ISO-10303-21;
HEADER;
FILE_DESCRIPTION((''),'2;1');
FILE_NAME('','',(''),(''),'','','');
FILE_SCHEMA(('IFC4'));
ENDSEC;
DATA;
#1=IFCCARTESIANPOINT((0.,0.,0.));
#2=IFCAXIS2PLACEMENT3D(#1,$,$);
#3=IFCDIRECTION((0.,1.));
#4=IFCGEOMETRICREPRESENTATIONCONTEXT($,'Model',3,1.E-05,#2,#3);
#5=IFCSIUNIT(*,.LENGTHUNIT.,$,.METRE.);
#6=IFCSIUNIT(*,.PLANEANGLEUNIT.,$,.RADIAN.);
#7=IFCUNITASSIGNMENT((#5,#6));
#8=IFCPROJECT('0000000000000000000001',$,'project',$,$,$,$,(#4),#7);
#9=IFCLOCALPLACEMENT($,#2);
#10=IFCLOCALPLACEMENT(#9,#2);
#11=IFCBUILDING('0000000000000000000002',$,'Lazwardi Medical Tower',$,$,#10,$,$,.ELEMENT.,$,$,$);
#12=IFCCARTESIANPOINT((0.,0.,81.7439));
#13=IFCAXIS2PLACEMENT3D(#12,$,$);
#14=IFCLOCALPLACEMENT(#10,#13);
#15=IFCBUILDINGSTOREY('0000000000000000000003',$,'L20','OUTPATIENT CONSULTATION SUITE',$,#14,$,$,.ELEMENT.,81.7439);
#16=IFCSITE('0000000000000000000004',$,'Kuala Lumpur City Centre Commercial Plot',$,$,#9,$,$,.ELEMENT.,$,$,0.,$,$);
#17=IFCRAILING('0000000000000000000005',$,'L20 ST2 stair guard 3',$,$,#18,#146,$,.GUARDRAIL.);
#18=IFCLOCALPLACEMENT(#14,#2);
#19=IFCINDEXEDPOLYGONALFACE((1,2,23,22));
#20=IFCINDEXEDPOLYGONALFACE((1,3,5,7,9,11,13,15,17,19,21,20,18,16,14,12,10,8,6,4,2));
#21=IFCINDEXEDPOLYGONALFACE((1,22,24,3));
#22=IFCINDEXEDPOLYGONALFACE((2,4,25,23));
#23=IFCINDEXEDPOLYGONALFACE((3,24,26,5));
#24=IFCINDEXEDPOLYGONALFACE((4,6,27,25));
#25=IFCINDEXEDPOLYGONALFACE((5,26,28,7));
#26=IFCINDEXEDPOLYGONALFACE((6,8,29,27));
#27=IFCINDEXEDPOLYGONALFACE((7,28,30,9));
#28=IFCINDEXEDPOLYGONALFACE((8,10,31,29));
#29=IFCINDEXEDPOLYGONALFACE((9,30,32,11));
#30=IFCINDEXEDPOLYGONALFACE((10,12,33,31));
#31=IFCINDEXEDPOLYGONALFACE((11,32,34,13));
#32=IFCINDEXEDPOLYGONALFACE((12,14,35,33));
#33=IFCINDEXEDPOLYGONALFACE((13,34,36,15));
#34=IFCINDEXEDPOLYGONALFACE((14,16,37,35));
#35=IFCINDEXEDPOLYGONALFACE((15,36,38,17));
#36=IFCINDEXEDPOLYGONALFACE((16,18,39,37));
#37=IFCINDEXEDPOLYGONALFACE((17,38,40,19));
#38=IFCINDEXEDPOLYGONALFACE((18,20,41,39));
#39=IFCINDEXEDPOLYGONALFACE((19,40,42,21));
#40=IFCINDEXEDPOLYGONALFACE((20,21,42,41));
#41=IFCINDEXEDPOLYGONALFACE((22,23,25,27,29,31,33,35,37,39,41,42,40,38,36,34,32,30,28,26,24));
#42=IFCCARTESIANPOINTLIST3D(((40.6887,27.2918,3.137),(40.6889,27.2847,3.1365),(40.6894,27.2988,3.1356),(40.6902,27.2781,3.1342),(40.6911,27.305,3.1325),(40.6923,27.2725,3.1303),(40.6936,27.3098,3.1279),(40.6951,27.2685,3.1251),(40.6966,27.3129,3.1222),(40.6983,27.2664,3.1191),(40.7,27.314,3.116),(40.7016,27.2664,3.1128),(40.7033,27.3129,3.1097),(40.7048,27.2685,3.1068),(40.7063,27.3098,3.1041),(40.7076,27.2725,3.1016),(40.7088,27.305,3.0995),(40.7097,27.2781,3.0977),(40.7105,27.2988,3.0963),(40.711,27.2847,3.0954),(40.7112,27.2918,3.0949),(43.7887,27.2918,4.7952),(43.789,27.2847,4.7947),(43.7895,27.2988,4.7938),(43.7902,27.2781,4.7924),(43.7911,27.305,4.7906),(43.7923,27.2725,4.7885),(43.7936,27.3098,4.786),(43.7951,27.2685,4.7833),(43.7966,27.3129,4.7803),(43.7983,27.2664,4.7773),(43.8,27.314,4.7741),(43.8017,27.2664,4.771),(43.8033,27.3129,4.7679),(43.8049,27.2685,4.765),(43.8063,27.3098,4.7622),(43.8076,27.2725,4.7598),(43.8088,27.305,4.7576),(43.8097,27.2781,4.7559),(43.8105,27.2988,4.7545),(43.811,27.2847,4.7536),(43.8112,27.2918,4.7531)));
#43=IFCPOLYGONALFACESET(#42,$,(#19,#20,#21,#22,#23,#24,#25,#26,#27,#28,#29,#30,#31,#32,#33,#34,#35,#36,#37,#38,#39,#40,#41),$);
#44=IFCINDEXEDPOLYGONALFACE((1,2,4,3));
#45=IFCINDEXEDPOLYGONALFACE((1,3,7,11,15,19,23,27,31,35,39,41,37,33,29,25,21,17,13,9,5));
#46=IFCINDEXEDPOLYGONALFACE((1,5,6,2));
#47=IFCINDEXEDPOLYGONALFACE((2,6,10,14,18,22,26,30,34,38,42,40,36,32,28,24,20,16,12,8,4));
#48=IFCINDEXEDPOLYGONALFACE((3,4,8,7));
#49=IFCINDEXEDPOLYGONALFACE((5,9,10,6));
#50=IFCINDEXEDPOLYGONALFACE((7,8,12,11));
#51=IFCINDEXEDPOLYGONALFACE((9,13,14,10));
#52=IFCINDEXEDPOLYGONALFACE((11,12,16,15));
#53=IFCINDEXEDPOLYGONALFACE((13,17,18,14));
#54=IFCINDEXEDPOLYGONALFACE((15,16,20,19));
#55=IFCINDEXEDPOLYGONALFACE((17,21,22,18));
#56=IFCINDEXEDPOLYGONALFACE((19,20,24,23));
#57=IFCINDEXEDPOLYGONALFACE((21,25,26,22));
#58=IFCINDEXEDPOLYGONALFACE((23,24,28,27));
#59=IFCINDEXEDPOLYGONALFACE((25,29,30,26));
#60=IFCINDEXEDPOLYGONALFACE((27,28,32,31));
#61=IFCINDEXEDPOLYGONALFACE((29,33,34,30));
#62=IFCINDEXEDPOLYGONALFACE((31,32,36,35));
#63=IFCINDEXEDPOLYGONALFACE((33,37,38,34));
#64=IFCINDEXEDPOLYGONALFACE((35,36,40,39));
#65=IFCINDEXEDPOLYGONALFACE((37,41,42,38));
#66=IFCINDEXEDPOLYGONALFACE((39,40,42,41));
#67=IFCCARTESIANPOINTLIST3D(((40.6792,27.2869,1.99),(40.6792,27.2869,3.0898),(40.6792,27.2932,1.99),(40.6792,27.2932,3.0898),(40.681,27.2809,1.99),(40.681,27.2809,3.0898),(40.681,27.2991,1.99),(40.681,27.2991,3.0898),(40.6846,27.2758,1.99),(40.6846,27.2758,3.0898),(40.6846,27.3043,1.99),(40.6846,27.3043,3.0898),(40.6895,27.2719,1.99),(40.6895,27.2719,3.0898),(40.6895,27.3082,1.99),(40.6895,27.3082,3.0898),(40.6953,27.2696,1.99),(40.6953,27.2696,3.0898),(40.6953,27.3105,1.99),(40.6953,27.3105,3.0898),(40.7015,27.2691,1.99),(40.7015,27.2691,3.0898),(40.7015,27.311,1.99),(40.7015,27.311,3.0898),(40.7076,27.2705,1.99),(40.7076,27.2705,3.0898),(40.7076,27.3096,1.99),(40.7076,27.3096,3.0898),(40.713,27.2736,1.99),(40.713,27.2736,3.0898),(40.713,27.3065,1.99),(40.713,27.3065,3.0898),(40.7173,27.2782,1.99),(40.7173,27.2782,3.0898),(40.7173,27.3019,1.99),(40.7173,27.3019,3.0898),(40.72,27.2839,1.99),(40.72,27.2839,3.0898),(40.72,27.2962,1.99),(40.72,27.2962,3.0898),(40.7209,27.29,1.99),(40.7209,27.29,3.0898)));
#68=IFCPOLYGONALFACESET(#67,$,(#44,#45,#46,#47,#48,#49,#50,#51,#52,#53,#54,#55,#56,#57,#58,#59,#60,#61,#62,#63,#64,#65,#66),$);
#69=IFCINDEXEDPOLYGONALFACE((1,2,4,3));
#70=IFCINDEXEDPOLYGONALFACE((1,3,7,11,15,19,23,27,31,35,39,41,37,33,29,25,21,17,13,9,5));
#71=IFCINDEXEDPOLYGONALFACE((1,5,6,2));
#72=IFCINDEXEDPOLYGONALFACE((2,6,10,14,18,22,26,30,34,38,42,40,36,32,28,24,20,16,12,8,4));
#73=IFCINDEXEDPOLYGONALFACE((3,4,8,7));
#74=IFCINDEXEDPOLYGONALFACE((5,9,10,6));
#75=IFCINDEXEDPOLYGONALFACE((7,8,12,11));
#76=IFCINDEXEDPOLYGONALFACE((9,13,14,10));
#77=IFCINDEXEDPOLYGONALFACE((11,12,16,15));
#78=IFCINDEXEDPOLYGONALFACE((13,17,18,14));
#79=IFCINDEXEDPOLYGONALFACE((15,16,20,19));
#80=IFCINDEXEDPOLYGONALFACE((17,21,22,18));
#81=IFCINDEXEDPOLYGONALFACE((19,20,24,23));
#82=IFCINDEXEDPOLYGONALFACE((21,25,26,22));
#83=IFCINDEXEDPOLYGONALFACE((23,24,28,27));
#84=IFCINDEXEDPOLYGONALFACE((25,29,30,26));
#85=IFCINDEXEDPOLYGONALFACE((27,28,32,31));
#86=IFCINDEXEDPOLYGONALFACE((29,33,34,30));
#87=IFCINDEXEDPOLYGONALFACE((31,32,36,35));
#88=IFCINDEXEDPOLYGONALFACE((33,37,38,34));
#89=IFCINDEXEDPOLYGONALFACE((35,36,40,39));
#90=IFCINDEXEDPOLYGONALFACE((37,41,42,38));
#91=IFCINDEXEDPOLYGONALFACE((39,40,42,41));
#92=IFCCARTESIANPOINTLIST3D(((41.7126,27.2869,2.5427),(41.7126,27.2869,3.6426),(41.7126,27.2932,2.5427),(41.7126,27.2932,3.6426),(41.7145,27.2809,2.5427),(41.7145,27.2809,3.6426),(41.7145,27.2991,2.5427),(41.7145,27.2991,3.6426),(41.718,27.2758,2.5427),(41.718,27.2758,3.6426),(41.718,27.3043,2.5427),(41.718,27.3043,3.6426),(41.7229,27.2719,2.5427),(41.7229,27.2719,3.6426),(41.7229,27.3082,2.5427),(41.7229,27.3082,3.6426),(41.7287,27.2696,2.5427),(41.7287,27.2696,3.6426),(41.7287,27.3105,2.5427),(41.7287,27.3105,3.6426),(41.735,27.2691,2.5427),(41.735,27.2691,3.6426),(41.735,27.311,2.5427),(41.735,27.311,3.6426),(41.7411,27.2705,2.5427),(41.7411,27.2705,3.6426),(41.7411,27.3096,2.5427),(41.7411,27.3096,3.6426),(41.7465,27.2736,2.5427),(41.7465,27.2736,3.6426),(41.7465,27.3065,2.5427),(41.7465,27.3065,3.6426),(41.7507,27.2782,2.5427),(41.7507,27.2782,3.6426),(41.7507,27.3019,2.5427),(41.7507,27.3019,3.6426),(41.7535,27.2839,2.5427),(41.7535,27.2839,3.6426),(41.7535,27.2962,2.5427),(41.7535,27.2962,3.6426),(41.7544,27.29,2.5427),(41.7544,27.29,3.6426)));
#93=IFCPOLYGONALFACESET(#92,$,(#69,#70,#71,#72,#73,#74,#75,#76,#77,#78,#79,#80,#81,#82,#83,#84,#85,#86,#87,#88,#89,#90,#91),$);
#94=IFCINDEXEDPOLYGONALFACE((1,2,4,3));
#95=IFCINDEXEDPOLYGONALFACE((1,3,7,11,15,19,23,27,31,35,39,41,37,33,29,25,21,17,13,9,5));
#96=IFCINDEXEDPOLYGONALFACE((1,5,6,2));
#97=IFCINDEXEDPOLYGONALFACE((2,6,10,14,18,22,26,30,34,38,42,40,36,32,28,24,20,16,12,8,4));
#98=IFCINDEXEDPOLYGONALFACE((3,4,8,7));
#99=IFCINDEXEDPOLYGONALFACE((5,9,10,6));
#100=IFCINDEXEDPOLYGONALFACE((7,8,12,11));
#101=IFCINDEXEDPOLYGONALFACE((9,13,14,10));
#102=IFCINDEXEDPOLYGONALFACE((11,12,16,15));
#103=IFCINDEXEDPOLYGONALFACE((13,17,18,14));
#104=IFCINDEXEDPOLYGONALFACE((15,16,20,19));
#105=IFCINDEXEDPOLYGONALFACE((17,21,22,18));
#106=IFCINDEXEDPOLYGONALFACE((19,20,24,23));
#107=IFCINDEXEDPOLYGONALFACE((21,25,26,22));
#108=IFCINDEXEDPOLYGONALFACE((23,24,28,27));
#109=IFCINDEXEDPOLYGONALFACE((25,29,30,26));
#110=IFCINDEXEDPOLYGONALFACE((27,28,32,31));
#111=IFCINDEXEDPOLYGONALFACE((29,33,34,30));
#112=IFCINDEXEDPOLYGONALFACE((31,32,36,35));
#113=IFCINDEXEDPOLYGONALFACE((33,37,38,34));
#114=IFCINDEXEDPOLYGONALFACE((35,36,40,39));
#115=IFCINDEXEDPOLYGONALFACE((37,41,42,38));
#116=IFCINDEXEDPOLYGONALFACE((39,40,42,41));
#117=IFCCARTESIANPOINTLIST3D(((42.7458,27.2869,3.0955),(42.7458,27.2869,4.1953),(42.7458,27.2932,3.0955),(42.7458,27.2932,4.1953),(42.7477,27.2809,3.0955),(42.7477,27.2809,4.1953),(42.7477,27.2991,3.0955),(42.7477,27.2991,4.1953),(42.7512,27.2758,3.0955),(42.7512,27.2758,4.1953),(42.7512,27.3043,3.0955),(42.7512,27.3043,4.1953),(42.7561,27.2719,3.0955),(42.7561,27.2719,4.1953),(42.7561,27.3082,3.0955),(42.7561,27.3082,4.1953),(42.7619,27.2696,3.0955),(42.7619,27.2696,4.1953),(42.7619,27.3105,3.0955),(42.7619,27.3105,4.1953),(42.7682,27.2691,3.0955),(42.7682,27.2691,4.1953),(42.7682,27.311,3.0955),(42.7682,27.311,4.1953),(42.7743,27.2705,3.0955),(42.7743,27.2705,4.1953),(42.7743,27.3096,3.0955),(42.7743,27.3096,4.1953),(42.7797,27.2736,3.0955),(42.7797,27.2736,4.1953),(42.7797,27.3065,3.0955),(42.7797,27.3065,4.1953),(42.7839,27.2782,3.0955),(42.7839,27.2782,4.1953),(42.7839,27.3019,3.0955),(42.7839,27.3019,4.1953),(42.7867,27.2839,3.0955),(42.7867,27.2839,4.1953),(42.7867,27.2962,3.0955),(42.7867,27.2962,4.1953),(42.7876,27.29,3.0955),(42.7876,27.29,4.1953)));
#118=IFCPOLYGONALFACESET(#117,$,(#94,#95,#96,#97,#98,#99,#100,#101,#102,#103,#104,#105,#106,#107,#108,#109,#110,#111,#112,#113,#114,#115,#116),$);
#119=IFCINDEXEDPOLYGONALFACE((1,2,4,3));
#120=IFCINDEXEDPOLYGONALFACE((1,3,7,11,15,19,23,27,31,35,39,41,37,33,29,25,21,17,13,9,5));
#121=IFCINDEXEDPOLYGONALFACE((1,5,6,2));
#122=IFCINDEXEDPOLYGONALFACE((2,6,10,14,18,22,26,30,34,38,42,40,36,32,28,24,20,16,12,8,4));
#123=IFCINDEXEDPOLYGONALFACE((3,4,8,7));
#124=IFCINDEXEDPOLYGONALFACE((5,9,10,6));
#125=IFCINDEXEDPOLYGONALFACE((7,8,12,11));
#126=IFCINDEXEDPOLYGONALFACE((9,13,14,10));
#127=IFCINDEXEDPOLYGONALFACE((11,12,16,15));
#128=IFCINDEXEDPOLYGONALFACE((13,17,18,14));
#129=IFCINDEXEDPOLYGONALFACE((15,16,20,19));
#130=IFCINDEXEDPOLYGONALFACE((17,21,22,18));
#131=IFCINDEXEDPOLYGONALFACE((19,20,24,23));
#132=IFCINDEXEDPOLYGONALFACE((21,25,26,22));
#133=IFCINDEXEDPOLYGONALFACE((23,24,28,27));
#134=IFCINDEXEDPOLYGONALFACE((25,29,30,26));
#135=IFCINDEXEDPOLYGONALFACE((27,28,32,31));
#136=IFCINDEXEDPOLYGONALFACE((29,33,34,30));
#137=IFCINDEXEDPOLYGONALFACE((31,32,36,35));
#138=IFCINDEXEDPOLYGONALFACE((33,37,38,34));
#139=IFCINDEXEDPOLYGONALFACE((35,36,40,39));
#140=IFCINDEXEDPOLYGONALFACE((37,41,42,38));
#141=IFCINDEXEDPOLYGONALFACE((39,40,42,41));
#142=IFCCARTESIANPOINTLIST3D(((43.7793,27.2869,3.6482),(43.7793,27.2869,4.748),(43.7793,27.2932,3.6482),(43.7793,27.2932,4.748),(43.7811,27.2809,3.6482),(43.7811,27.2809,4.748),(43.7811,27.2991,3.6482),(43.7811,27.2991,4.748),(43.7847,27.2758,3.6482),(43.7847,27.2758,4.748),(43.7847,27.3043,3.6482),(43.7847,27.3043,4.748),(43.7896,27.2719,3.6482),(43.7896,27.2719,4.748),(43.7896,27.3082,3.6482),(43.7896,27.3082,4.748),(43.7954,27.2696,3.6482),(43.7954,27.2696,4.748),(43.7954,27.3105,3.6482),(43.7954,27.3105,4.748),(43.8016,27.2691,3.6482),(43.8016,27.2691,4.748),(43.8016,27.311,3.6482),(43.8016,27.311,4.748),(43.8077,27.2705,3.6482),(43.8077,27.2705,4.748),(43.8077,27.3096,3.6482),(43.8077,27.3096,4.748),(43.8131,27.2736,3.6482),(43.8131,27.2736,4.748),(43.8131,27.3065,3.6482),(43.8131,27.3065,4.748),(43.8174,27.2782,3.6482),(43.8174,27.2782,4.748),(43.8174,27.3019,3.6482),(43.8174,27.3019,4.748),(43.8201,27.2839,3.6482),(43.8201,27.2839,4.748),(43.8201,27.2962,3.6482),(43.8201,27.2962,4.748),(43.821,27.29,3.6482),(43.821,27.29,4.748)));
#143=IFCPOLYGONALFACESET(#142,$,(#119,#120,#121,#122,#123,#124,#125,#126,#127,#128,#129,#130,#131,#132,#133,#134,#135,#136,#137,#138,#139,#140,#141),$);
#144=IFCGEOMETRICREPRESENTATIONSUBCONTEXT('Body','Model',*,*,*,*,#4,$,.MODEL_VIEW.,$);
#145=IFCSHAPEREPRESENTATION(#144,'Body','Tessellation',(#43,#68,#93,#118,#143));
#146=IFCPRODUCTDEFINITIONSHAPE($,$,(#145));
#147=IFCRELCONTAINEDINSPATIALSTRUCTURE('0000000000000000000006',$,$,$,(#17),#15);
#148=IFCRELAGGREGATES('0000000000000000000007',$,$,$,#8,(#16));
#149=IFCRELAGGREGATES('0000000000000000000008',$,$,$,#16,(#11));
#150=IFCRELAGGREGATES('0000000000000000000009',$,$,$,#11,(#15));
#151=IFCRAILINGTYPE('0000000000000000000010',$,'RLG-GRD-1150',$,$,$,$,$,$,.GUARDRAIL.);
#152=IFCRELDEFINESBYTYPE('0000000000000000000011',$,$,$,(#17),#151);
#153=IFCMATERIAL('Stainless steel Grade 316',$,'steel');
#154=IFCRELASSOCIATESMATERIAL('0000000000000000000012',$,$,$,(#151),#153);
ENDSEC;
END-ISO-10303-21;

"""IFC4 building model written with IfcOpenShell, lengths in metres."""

from ifc_helpers import new_model, si_unit, direction, frame, origin, origin_2d, place, context, subcontext, project, spatial, circle, extrude, material, type_object, element, save


model = new_model("IFC4")

# Units and contexts
model_context = context("Model", 3, precision=1e-05, world=origin(), true_north=direction((0.0, 1.0)))
body_context = subcontext(model_context, "Body", "Model", "MODEL_VIEW")
ifc_project = project(units=[si_unit("LENGTHUNIT", "METRE"), si_unit("PLANEANGLEUNIT", "RADIAN")], contexts=[model_context])

# Site, building, storey
site_placement = place(None, origin())
site = spatial("IfcSite", under=ifc_project, at=site_placement, Name="Kuala Lumpur City Centre Commercial Plot", CompositionType="ELEMENT", RefElevation=0.0)
building_placement = place(site_placement, origin())
building = spatial("IfcBuilding", under=site, at=building_placement, Name="Lazwardi Medical Tower", CompositionType="ELEMENT")
storey_placement = place(building_placement, frame((0.0, 0.0, 81.7439)))
storey = spatial("IfcBuildingStorey", under=building, at=storey_placement, Name="L20", Description="OUTPATIENT CONSULTATION SUITE", CompositionType="ELEMENT", Elevation=81.7439)

# Railing
ifc_material_1 = material(Name="Stainless steel Grade 316", Category="steel")
railing_type_1 = type_object("IfcRailingType", Name="RLG-GRD-1150", PredefinedType="GUARDRAIL", material=ifc_material_1)
railing_1_placement = place(storey_placement, frame((40.7, 27.29, 1.99)))
element("IfcRailing", 1, at=railing_1_placement, inside=storey, type_object=railing_type_1, Name="L20 ST2 stair guard 3", PredefinedType="GUARDRAIL", context=body_context, shape_type="SweptSolid", body=[
    extrude(circle(Radius=0.0239, at=origin_2d()), frame((0.0, 0.0, 1.126), z_axis=(0.881783, 0.0, 0.471655), x_axis=(0.0, 1.0, 0.0)), (0.0, 0.0, 1.0), 3.5156),
    extrude(circle(Radius=0.021, at=origin_2d()), origin(), (0.0, 0.0, 1.0), 1.0999),
    extrude(circle(Radius=0.021, at=origin_2d()), frame((1.0334, 0.0, 0.5527)), (0.0, 0.0, 1.0), 1.0999),
    extrude(circle(Radius=0.021, at=origin_2d()), frame((2.0667, 0.0, 1.1055)), (0.0, 0.0, 1.0), 1.0999),
    extrude(circle(Radius=0.021, at=origin_2d()), frame((3.1001, 0.0, 1.6582)), (0.0, 0.0, 1.0), 1.0999),
])

save(model, "model.ifc")
